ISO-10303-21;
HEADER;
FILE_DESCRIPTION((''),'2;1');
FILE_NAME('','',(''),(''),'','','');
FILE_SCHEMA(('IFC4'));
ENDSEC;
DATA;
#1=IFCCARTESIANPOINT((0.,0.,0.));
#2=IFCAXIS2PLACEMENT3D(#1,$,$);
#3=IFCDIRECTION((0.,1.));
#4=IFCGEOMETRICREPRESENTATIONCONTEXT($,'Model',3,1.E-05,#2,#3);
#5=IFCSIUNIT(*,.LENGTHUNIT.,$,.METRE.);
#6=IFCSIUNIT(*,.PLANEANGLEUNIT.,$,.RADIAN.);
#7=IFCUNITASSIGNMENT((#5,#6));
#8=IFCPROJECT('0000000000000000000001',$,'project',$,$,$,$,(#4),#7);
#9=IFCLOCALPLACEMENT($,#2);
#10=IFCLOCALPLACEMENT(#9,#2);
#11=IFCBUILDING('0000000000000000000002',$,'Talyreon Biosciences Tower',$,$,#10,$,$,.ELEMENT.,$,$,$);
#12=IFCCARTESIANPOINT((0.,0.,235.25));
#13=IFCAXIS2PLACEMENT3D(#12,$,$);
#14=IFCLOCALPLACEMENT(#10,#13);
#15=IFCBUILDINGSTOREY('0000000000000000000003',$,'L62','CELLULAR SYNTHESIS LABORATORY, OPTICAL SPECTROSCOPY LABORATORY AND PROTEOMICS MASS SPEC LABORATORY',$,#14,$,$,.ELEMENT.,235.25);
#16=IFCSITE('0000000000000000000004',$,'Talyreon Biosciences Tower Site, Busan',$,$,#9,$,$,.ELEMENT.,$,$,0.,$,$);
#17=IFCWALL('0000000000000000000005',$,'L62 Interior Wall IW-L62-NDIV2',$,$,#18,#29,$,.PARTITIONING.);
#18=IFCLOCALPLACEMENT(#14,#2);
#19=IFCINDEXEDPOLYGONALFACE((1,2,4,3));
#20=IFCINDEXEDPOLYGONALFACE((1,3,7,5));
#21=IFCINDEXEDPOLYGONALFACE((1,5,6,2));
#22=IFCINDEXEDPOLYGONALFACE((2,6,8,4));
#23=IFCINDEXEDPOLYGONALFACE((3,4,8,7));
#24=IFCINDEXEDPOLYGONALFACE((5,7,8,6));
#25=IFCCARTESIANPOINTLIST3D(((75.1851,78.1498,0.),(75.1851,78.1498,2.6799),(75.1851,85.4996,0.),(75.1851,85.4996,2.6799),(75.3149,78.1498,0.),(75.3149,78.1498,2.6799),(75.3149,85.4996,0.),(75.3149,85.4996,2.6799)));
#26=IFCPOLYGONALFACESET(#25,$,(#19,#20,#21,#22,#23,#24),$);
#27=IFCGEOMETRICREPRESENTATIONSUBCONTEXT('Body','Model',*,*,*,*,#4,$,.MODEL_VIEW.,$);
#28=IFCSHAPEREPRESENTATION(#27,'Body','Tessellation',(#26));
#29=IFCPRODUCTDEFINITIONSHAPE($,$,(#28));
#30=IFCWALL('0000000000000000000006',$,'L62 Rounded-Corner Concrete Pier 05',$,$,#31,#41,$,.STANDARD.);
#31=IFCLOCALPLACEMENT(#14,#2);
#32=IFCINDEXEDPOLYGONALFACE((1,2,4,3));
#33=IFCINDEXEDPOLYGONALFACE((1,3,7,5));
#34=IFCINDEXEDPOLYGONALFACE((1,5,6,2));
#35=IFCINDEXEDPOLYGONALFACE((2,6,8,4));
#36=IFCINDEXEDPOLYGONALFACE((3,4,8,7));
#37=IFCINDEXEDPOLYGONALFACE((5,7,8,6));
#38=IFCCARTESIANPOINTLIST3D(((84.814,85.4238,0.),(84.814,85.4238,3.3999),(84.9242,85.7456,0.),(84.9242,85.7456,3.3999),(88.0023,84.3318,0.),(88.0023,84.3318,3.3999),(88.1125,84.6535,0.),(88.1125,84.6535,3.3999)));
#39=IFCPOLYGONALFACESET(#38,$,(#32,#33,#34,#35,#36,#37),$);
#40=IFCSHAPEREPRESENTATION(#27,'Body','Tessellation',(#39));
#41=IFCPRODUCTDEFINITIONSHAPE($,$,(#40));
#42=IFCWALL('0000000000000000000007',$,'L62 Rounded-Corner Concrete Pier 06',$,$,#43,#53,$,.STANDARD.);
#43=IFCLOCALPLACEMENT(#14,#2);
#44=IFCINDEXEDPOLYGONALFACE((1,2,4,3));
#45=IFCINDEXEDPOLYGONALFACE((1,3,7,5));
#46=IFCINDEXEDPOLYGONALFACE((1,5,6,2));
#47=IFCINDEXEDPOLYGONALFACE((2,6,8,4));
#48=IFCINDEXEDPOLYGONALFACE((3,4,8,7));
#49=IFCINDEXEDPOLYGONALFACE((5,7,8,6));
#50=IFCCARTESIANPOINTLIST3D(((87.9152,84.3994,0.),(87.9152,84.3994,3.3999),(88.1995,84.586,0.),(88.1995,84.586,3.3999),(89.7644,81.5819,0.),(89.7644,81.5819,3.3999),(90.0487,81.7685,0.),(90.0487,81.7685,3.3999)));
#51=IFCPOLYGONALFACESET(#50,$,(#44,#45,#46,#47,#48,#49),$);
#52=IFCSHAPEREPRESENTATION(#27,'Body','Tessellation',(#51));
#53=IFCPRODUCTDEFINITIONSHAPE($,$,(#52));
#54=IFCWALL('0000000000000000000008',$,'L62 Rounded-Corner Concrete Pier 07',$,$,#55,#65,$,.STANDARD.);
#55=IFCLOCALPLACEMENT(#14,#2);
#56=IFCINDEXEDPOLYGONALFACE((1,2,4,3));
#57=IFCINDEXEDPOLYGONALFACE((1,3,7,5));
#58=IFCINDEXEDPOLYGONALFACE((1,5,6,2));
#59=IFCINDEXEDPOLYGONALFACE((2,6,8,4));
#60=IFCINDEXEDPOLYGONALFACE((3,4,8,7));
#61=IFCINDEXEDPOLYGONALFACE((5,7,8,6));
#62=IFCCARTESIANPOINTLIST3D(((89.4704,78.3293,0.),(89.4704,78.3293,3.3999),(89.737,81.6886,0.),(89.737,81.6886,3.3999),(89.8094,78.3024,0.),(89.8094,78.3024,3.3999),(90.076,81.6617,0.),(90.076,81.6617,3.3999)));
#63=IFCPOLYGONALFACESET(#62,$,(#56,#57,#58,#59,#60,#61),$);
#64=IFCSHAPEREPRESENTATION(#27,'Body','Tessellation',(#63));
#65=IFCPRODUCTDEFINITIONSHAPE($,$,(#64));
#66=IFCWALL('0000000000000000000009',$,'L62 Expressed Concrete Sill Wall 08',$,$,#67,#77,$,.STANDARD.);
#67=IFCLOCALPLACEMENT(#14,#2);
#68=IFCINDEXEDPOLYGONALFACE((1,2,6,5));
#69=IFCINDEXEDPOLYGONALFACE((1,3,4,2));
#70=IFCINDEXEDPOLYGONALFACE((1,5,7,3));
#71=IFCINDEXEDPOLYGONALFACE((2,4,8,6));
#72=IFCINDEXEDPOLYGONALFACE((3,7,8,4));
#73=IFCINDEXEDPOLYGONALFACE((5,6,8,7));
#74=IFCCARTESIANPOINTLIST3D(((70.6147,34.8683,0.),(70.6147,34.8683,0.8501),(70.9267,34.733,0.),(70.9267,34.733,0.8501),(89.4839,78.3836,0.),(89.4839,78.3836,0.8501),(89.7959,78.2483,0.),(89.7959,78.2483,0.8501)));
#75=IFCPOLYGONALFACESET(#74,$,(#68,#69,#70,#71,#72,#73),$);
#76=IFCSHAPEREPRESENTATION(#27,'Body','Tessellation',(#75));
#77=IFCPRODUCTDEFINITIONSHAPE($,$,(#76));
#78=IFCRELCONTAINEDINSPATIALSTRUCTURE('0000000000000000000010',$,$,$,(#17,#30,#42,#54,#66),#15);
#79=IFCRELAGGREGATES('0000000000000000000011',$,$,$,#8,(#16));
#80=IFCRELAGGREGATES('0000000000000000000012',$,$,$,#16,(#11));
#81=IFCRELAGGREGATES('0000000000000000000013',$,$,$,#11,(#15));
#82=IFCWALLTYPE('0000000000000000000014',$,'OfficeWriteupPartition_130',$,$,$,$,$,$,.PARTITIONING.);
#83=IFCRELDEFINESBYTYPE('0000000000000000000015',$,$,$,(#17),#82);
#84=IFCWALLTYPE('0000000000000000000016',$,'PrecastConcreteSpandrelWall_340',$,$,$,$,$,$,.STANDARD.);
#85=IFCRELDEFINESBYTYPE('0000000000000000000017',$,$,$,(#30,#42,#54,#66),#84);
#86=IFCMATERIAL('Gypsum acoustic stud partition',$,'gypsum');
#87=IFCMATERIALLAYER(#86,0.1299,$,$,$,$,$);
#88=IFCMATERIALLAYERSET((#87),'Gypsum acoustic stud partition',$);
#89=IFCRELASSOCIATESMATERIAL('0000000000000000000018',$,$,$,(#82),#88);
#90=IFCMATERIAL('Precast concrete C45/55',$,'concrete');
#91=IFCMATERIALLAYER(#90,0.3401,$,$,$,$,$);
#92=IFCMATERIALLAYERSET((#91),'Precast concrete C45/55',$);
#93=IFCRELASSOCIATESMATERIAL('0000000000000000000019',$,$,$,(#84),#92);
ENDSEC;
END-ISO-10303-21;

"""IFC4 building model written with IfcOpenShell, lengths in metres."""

from ifc_helpers import new_model, si_unit, direction, frame, frame_2d, origin, place, context, subcontext, project, spatial, rectangle, extrude, material, layer, layer_set, type_object, element, save


model = new_model("IFC4")

# Units and contexts
model_context = context("Model", 3, precision=1e-05, world=origin(), true_north=direction((0.0, 1.0)))
body_context = subcontext(model_context, "Body", "Model", "MODEL_VIEW")
ifc_project = project(units=[si_unit("LENGTHUNIT", "METRE"), si_unit("PLANEANGLEUNIT", "RADIAN")], contexts=[model_context])

# Site, building, storey
site_placement = place(None, origin())
site = spatial("IfcSite", under=ifc_project, at=site_placement, Name="Talyreon Biosciences Tower Site, Busan", CompositionType="ELEMENT", RefElevation=0.0)
building_placement = place(site_placement, origin())
building = spatial("IfcBuilding", under=site, at=building_placement, Name="Talyreon Biosciences Tower", CompositionType="ELEMENT")
storey_placement = place(building_placement, frame((0.0, 0.0, 235.25)))
storey = spatial("IfcBuildingStorey", under=building, at=storey_placement, Name="L62", Description="CELLULAR SYNTHESIS LABORATORY, OPTICAL SPECTROSCOPY LABORATORY AND PROTEOMICS MASS SPEC LABORATORY", CompositionType="ELEMENT", Elevation=235.25)

# Shared definitions
ifc_material_1 = material(Name="Precast concrete C45/55", Category="concrete")

# Walls
ifc_material_2 = material(Name="Gypsum acoustic stud partition", Category="gypsum")
ifc_layer_1 = layer(ifc_material_2, 0.1299)
ifc_layer_set_1 = layer_set([ifc_layer_1], Name="Gypsum acoustic stud partition")
wall_type_1 = type_object("IfcWallType", Name="OfficeWriteupPartition_130", PredefinedType="PARTITIONING", material=ifc_layer_set_1)
wall_1_placement = place(storey_placement, frame((75.25, 78.1499, 0.0), z_axis=(0.0, 0.0, 1.0), x_axis=(0.0, 1.0, 0.0)))
element("IfcWall", 1, at=wall_1_placement, inside=storey, type_object=wall_type_1, Name="L62 Interior Wall IW-L62-NDIV2", PredefinedType="PARTITIONING", context=body_context, shape_type="SweptSolid", body=[
    extrude(rectangle(XDim=7.3499, YDim=0.1299, at=frame_2d((3.6748, 0.0))), origin(), (0.0, 0.0, 1.0), 2.6799),
])
ifc_layer_2 = layer(ifc_material_1, 0.3401)
ifc_layer_set_2 = layer_set([ifc_layer_2], Name="Precast concrete C45/55")
wall_type_2 = type_object("IfcWallType", Name="PrecastConcreteSpandrelWall_340", PredefinedType="STANDARD", material=ifc_layer_set_2)
for number, where, z_axis, x_axis, name in (
    (2, (84.8691, 85.5847, 0.0), (0.0, 0.0, 1.0), (0.946043, -0.324041, 0.0), "L62 Rounded-Corner Concrete Pier 05"),
    (3, (88.0574, 84.4927, 0.0), (0.0, 0.0, 1.0), (0.548701, -0.836019, 0.0), "L62 Rounded-Corner Concrete Pier 06"),
):
    element("IfcWall", number, at=place(storey_placement, frame(where, z_axis=z_axis, x_axis=x_axis)), inside=storey, type_object=wall_type_2, Name=name, PredefinedType="STANDARD", context=body_context, shape_type="SweptSolid", body=[
        extrude(rectangle(XDim=3.3701, YDim=0.3401, at=frame_2d((1.6851, 0.0))), origin(), (0.0, 0.0, 1.0), 3.3999),
    ])
wall_2_placement = place(storey_placement, frame((89.9065, 81.6753, 0.0), z_axis=(0.0, 0.0, 1.0), x_axis=(-0.079112, -0.996866, 0.0)))
element("IfcWall", 4, at=wall_2_placement, inside=storey, type_object=wall_type_2, Name="L62 Rounded-Corner Concrete Pier 07", PredefinedType="STANDARD", context=body_context, shape_type="SweptSolid", body=[
    extrude(rectangle(XDim=3.3699, YDim=0.3401, at=frame_2d((1.6851, 0.0))), origin(), (0.0, 0.0, 1.0), 3.3999),
])
wall_3_placement = place(storey_placement, frame((89.6399, 78.3159, 0.0), z_axis=(0.0, 0.0, 1.0), x_axis=(-0.397831, -0.917459, 0.0)))
element("IfcWall", 5, at=wall_3_placement, inside=storey, type_object=wall_type_2, Name="L62 Expressed Concrete Sill Wall 08", PredefinedType="STANDARD", context=body_context, shape_type="SweptSolid", body=[
    extrude(rectangle(XDim=47.4302, YDim=0.3401, at=frame_2d((23.7151, 0.0))), origin(), (0.0, 0.0, 1.0), 0.8501),
])

save(model, "model.ifc")
